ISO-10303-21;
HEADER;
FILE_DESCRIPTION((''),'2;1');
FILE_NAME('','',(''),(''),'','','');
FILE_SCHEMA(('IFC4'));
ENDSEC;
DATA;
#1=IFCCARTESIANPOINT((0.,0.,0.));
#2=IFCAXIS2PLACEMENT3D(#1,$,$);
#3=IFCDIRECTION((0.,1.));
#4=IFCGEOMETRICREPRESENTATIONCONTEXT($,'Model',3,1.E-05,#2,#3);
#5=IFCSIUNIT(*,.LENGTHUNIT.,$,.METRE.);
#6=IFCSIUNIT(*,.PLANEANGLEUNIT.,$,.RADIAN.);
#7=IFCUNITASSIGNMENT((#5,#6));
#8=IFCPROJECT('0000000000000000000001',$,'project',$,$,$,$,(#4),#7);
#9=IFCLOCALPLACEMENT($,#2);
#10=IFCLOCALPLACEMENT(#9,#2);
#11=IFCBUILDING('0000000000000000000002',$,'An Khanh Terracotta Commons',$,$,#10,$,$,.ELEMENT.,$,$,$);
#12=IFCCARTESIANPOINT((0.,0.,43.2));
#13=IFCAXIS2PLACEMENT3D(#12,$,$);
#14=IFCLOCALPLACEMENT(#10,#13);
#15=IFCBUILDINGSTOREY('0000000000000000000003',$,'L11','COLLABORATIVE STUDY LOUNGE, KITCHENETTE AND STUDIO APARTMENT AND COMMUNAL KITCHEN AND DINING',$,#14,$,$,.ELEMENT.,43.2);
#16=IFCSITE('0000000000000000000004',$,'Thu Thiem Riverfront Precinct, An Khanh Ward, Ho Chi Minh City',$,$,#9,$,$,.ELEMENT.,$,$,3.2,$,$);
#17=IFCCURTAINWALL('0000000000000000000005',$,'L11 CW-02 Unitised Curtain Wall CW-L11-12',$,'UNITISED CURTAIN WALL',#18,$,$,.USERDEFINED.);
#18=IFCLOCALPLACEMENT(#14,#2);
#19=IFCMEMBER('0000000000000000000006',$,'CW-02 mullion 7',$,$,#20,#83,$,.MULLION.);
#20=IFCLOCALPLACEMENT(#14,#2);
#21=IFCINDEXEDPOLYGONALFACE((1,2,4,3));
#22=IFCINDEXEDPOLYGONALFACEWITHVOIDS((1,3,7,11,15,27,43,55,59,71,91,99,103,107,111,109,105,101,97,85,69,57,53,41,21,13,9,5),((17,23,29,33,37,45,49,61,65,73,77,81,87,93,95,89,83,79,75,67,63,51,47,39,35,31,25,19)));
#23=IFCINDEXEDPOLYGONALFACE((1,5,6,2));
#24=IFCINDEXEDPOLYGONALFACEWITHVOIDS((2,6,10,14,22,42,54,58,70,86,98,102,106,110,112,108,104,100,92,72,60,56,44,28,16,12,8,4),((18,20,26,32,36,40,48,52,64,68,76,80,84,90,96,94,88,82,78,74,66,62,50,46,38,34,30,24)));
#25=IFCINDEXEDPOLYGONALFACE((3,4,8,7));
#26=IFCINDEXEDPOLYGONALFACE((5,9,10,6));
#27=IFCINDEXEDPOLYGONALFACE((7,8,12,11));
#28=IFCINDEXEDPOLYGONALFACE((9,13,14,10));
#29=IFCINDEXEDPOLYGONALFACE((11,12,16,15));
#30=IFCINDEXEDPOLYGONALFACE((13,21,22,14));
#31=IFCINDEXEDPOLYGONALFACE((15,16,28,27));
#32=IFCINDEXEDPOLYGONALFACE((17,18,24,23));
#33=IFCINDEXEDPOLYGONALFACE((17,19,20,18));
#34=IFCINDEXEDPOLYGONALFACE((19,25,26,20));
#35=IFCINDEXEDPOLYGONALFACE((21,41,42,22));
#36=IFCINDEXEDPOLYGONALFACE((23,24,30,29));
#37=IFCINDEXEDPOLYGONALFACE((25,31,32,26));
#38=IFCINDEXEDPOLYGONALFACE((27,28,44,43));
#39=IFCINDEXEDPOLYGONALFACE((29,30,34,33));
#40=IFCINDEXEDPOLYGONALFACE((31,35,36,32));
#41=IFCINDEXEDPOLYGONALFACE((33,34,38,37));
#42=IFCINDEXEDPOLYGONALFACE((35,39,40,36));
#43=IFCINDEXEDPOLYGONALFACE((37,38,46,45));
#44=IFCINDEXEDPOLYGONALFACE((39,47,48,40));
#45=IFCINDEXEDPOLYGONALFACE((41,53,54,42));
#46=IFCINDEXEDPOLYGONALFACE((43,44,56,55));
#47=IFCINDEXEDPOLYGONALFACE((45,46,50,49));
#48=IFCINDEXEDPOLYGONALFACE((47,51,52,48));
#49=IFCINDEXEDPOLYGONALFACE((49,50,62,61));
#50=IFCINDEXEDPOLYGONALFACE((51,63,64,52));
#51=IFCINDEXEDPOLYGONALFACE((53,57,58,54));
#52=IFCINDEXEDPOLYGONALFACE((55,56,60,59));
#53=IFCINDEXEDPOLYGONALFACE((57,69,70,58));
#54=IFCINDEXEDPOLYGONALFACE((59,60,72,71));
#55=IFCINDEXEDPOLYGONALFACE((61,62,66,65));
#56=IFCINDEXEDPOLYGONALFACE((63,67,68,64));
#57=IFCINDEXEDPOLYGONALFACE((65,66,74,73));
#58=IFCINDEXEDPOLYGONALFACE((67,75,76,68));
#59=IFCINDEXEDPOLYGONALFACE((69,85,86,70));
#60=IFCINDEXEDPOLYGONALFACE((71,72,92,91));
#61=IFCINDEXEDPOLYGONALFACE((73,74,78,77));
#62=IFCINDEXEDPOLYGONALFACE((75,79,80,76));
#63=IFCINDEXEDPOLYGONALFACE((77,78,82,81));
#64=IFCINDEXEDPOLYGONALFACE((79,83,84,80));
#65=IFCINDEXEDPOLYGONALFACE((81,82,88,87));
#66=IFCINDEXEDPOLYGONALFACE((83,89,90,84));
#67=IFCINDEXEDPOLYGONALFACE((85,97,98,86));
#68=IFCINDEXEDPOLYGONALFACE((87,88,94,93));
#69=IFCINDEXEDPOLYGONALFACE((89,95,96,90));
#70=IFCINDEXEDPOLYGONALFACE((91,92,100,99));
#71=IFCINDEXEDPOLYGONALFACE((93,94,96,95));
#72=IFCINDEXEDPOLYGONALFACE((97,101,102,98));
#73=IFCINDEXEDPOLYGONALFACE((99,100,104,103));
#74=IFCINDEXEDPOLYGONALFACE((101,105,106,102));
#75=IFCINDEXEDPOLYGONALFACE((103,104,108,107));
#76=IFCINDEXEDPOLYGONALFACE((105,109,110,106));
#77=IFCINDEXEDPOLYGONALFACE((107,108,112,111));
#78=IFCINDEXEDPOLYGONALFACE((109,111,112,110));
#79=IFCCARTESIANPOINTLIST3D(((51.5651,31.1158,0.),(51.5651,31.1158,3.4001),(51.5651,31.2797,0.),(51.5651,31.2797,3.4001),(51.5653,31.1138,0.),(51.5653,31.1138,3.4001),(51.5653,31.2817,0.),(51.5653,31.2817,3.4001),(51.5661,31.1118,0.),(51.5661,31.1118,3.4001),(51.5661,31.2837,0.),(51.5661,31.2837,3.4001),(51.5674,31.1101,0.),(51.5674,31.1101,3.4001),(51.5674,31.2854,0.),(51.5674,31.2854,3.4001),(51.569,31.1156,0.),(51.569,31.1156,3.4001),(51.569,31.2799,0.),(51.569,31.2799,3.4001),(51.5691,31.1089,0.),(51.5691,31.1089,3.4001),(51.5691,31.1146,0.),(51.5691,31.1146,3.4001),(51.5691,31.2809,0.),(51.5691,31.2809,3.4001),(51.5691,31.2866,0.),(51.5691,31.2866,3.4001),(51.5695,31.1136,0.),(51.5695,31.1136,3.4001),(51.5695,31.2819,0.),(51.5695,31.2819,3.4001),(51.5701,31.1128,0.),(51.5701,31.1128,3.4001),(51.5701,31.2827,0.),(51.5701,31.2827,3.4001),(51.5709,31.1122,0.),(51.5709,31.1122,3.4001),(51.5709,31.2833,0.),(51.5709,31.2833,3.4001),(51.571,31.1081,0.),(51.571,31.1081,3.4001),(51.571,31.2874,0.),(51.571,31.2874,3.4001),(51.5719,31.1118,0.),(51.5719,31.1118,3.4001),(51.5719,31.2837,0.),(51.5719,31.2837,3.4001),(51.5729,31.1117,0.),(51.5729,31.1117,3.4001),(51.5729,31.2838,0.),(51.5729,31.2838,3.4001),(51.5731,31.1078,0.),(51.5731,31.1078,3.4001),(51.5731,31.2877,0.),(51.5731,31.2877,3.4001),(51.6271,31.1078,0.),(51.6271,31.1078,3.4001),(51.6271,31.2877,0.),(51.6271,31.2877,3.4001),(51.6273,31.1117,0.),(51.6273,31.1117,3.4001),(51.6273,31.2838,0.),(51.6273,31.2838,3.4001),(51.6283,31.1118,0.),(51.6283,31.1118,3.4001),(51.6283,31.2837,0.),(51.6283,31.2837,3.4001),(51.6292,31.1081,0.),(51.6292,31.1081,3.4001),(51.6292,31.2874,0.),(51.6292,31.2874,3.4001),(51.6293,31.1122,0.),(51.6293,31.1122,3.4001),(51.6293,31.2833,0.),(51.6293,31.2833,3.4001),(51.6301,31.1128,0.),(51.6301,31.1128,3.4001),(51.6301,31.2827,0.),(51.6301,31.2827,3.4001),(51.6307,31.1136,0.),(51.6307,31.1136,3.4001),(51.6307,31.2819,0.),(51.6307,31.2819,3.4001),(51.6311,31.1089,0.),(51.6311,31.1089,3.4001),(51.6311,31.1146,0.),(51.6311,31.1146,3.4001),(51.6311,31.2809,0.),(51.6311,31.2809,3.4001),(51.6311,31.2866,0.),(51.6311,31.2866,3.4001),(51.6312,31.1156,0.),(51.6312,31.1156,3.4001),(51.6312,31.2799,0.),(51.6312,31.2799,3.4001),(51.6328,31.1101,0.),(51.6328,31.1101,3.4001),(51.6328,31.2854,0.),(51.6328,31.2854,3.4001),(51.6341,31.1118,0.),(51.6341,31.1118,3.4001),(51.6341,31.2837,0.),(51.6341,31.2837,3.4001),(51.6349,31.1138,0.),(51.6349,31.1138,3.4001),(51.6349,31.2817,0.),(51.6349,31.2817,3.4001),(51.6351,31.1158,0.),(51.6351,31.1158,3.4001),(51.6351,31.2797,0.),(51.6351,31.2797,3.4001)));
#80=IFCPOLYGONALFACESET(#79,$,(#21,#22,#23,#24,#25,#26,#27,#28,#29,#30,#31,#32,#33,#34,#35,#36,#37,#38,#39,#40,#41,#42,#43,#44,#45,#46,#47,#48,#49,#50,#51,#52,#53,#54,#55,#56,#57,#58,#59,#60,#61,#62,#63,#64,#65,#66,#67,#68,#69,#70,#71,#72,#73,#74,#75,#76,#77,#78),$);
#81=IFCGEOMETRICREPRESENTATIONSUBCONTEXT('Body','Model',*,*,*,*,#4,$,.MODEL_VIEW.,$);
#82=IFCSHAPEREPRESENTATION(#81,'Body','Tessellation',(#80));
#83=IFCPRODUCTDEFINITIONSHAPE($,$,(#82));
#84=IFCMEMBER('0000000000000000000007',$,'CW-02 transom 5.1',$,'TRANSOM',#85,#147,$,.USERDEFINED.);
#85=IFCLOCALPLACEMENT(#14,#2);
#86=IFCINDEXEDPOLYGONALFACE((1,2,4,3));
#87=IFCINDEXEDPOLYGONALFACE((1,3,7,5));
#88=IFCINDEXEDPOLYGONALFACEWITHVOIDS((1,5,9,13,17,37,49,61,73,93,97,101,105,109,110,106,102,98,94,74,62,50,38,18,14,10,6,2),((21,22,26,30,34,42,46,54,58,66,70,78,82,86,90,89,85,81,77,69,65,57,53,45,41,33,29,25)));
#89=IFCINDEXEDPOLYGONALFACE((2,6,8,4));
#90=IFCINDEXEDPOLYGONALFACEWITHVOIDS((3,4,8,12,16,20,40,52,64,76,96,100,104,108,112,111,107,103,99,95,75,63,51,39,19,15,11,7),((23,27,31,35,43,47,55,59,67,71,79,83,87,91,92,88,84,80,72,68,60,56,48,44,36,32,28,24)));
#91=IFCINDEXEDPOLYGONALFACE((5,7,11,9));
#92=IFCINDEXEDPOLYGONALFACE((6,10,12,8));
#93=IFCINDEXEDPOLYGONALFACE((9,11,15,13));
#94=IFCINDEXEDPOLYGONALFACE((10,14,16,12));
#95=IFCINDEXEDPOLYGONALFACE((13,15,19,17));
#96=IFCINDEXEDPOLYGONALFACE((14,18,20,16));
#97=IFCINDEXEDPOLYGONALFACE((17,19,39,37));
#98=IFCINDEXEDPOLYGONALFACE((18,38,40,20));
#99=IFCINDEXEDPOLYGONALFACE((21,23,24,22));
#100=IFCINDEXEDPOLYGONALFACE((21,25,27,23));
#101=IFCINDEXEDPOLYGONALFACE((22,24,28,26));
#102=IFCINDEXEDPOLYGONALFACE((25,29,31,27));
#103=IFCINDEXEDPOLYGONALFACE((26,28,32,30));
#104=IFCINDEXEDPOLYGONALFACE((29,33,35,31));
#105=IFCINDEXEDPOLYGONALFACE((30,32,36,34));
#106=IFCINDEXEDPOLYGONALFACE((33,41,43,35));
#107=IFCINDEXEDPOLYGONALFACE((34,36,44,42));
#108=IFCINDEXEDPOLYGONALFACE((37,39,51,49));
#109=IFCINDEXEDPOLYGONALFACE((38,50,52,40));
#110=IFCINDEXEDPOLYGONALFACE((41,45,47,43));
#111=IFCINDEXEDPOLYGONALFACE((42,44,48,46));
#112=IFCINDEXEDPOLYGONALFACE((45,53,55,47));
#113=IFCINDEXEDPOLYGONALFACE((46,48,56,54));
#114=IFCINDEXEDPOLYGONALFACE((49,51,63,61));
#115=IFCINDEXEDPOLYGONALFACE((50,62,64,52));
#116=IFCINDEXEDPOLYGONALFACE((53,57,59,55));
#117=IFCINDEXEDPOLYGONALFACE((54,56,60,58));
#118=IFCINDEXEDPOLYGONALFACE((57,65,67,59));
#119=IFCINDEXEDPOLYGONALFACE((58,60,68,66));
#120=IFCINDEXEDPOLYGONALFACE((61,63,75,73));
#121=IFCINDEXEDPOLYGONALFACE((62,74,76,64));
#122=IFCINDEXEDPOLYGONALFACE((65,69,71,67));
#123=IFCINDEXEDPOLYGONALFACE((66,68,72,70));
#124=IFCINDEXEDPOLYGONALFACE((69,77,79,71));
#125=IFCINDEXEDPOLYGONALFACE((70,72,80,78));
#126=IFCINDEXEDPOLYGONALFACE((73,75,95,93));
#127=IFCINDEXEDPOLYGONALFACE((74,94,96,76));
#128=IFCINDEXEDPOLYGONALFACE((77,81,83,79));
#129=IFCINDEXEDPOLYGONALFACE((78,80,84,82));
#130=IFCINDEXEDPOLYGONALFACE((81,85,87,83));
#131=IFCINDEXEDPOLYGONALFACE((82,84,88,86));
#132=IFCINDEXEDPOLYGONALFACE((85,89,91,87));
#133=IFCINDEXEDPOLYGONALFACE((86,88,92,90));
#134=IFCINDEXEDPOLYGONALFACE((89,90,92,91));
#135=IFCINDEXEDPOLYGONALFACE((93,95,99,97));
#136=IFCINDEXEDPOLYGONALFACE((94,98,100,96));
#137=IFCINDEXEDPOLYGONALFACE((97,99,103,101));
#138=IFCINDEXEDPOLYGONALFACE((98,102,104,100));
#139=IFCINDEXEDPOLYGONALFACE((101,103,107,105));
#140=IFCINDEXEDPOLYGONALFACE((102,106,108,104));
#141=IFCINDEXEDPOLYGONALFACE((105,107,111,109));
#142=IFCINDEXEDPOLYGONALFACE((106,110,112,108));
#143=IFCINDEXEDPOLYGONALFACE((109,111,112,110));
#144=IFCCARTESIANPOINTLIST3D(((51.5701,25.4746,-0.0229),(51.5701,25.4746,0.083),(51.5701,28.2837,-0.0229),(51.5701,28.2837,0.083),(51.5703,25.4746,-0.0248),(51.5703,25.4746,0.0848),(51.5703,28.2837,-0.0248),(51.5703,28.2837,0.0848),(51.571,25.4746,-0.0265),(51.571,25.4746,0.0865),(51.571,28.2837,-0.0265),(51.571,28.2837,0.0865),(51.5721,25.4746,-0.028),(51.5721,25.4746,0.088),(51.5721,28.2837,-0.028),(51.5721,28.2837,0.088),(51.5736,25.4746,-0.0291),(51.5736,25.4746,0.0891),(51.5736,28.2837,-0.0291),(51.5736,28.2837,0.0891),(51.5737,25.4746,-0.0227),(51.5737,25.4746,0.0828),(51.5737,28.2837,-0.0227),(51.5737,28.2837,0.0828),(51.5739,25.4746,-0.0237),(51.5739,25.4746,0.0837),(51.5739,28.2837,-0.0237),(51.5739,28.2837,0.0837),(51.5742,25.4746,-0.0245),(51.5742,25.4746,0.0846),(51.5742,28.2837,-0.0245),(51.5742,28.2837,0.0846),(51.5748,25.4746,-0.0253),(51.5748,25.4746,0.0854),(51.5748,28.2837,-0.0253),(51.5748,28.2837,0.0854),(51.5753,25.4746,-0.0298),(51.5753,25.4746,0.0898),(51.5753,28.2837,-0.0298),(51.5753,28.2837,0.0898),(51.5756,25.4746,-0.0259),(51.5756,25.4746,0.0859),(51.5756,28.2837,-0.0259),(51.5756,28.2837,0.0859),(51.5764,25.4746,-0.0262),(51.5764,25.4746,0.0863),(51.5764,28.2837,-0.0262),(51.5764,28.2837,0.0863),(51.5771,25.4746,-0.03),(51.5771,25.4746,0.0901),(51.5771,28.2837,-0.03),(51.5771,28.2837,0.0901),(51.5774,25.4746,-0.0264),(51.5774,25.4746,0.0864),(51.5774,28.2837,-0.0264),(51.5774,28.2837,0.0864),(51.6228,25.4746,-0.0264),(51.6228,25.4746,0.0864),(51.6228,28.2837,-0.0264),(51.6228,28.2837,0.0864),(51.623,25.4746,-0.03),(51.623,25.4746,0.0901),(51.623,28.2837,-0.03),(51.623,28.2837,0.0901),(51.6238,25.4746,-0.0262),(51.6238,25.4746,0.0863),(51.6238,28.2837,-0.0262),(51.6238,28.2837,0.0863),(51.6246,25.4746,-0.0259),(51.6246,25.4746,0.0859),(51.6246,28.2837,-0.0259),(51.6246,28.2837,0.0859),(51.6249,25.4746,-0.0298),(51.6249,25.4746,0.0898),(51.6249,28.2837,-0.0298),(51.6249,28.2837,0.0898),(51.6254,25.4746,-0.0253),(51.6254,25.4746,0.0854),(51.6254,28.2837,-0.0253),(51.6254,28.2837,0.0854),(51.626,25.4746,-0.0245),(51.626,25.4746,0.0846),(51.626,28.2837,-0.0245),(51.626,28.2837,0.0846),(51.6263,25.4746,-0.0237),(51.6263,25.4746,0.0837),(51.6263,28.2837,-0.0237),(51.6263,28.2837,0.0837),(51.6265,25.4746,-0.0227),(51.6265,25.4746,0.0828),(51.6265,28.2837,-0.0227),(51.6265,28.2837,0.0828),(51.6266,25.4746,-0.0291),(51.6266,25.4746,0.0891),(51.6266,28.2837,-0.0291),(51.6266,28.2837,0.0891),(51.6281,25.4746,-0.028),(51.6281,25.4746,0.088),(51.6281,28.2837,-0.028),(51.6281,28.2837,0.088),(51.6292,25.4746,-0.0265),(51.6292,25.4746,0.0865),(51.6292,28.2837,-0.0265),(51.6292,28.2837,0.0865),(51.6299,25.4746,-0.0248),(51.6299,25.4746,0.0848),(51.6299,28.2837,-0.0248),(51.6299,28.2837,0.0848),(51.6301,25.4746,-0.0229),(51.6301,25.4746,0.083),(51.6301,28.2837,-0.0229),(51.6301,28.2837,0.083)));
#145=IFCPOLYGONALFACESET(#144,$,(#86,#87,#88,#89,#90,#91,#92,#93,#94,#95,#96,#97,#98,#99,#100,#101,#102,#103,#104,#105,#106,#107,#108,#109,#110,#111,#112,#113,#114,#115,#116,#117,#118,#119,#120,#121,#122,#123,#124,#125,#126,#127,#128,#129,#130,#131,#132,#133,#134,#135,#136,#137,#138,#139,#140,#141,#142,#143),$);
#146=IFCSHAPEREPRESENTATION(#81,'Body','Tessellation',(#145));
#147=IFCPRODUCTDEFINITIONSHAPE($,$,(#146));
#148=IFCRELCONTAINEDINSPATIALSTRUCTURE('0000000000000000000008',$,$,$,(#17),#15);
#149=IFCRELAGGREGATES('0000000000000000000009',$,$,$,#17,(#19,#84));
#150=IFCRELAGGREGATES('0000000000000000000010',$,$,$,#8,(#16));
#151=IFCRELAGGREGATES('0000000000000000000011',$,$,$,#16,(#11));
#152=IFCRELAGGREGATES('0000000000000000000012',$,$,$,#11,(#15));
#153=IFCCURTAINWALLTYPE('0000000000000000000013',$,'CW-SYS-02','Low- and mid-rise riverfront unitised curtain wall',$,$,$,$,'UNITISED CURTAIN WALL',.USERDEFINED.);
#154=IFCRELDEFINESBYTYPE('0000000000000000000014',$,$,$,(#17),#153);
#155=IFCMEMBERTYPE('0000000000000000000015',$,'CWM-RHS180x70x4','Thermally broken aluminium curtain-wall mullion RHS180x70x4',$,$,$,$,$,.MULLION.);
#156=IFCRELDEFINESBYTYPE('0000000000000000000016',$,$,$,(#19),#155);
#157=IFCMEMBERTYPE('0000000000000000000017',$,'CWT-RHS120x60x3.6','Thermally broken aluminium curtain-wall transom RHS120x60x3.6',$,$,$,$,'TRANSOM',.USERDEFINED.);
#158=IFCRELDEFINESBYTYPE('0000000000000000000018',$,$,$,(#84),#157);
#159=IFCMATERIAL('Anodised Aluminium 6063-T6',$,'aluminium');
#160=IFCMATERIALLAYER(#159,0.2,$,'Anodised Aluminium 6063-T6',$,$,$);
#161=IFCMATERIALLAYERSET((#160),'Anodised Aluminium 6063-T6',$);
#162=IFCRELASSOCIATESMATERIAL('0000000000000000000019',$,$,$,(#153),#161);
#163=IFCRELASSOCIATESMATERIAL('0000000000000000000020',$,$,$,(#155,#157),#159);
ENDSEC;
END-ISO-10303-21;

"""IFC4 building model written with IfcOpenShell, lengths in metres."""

from ifc_helpers import new_model, si_unit, direction, frame, origin, origin_2d, place, context, subcontext, project, spatial, hollow_rectangle, extrude, material, layer, layer_set, material_profile, profile_set, type_object, element, aggregate, save


model = new_model("IFC4")

# Units and contexts
model_context = context("Model", 3, precision=1e-05, world=origin(), true_north=direction((0.0, 1.0)))
body_context = subcontext(model_context, "Body", "Model", "MODEL_VIEW")
ifc_project = project(units=[si_unit("LENGTHUNIT", "METRE"), si_unit("PLANEANGLEUNIT", "RADIAN")], contexts=[model_context])

# Site, building, storey
site_placement = place(None, origin())
site = spatial("IfcSite", under=ifc_project, at=site_placement, Name="Thu Thiem Riverfront Precinct, An Khanh Ward, Ho Chi Minh City", CompositionType="ELEMENT", RefElevation=3.2)
building_placement = place(site_placement, origin())
building = spatial("IfcBuilding", under=site, at=building_placement, Name="An Khanh Terracotta Commons", CompositionType="ELEMENT")
storey_placement = place(building_placement, frame((0.0, 0.0, 43.2)))
storey = spatial("IfcBuildingStorey", under=building, at=storey_placement, Name="L11", Description="COLLABORATIVE STUDY LOUNGE, KITCHENETTE AND STUDIO APARTMENT AND COMMUNAL KITCHEN AND DINING", CompositionType="ELEMENT", Elevation=43.2)

# Curtain wall, members
ifc_material_1 = material(Name="Anodised Aluminium 6063-T6", Category="aluminium")
ifc_layer_1 = layer(ifc_material_1, 0.2, Name="Anodised Aluminium 6063-T6")
ifc_layer_set_1 = layer_set([ifc_layer_1], Name="Anodised Aluminium 6063-T6")
curtain_wall_type = type_object("IfcCurtainWallType", Name="CW-SYS-02", Description="Low- and mid-rise riverfront unitised curtain wall", ElementType="UNITISED CURTAIN WALL", PredefinedType="USERDEFINED", material=ifc_layer_set_1)
curtain_wall_placement = place(storey_placement, origin())
curtain_wall = element("IfcCurtainWall", 1, at=curtain_wall_placement, inside=storey, type_object=curtain_wall_type, Name="L11 CW-02 Unitised Curtain Wall CW-L11-12", ObjectType="UNITISED CURTAIN WALL", PredefinedType="USERDEFINED")
ifc_material_profile_1 = material_profile(ifc_material_1, hollow_rectangle(XDim=0.0701, YDim=0.1799, WallThickness=0.0039, InnerFilletRadius=0.0039, OuterFilletRadius=0.0081, at=origin_2d()), Name="RHS180x70x4")
ifc_profile_set_1 = profile_set([ifc_material_profile_1], Name="Anodised Aluminium 6063-T6")
member_type_1 = type_object("IfcMemberType", Name="CWM-RHS180x70x4", Description="Thermally broken aluminium curtain-wall mullion RHS180x70x4", PredefinedType="MULLION", material=ifc_profile_set_1)
member_1_placement = place(storey_placement, frame((51.6001, 31.1978, 0.0), z_axis=(0.0, 0.0, 1.0), x_axis=(-1.0, 0.0, 0.0)))
member_1 = element("IfcMember", 2, at=member_1_placement, type_object=member_type_1, Name="CW-02 mullion 7", PredefinedType="MULLION", context=body_context, shape_type="SweptSolid", body=[
    extrude(hollow_rectangle(XDim=0.0701, YDim=0.1799, WallThickness=0.0039, InnerFilletRadius=0.0039, OuterFilletRadius=0.0081, at=origin_2d()), origin(), (0.0, 0.0, 1.0), 3.4001),
])
ifc_material_profile_2 = material_profile(ifc_material_1, hollow_rectangle(XDim=0.0601, YDim=0.1201, WallThickness=0.0037, InnerFilletRadius=0.0037, OuterFilletRadius=0.0071, at=origin_2d()), Name="RHS120x60x3.6")
ifc_profile_set_2 = profile_set([ifc_material_profile_2], Name="Anodised Aluminium 6063-T6")
member_type_2 = type_object("IfcMemberType", Name="CWT-RHS120x60x3.6", Description="Thermally broken aluminium curtain-wall transom RHS120x60x3.6", ElementType="TRANSOM", PredefinedType="USERDEFINED", material=ifc_profile_set_2)
member_2_placement = place(storey_placement, frame((51.6001, 25.4746, 0.03), z_axis=(0.0, 1.0, 0.0), x_axis=(-1.0, 0.0, 0.0)))
member_2 = element("IfcMember", 3, at=member_2_placement, type_object=member_type_2, Name="CW-02 transom 5.1", ObjectType="TRANSOM", PredefinedType="USERDEFINED", context=body_context, shape_type="SweptSolid", body=[
    extrude(hollow_rectangle(XDim=0.0601, YDim=0.1201, WallThickness=0.0037, InnerFilletRadius=0.0037, OuterFilletRadius=0.0071, at=origin_2d()), origin(), (0.0, 0.0, 1.0), 2.8091),
])
aggregate(curtain_wall, [member_1, member_2])

save(model, "model.ifc")
